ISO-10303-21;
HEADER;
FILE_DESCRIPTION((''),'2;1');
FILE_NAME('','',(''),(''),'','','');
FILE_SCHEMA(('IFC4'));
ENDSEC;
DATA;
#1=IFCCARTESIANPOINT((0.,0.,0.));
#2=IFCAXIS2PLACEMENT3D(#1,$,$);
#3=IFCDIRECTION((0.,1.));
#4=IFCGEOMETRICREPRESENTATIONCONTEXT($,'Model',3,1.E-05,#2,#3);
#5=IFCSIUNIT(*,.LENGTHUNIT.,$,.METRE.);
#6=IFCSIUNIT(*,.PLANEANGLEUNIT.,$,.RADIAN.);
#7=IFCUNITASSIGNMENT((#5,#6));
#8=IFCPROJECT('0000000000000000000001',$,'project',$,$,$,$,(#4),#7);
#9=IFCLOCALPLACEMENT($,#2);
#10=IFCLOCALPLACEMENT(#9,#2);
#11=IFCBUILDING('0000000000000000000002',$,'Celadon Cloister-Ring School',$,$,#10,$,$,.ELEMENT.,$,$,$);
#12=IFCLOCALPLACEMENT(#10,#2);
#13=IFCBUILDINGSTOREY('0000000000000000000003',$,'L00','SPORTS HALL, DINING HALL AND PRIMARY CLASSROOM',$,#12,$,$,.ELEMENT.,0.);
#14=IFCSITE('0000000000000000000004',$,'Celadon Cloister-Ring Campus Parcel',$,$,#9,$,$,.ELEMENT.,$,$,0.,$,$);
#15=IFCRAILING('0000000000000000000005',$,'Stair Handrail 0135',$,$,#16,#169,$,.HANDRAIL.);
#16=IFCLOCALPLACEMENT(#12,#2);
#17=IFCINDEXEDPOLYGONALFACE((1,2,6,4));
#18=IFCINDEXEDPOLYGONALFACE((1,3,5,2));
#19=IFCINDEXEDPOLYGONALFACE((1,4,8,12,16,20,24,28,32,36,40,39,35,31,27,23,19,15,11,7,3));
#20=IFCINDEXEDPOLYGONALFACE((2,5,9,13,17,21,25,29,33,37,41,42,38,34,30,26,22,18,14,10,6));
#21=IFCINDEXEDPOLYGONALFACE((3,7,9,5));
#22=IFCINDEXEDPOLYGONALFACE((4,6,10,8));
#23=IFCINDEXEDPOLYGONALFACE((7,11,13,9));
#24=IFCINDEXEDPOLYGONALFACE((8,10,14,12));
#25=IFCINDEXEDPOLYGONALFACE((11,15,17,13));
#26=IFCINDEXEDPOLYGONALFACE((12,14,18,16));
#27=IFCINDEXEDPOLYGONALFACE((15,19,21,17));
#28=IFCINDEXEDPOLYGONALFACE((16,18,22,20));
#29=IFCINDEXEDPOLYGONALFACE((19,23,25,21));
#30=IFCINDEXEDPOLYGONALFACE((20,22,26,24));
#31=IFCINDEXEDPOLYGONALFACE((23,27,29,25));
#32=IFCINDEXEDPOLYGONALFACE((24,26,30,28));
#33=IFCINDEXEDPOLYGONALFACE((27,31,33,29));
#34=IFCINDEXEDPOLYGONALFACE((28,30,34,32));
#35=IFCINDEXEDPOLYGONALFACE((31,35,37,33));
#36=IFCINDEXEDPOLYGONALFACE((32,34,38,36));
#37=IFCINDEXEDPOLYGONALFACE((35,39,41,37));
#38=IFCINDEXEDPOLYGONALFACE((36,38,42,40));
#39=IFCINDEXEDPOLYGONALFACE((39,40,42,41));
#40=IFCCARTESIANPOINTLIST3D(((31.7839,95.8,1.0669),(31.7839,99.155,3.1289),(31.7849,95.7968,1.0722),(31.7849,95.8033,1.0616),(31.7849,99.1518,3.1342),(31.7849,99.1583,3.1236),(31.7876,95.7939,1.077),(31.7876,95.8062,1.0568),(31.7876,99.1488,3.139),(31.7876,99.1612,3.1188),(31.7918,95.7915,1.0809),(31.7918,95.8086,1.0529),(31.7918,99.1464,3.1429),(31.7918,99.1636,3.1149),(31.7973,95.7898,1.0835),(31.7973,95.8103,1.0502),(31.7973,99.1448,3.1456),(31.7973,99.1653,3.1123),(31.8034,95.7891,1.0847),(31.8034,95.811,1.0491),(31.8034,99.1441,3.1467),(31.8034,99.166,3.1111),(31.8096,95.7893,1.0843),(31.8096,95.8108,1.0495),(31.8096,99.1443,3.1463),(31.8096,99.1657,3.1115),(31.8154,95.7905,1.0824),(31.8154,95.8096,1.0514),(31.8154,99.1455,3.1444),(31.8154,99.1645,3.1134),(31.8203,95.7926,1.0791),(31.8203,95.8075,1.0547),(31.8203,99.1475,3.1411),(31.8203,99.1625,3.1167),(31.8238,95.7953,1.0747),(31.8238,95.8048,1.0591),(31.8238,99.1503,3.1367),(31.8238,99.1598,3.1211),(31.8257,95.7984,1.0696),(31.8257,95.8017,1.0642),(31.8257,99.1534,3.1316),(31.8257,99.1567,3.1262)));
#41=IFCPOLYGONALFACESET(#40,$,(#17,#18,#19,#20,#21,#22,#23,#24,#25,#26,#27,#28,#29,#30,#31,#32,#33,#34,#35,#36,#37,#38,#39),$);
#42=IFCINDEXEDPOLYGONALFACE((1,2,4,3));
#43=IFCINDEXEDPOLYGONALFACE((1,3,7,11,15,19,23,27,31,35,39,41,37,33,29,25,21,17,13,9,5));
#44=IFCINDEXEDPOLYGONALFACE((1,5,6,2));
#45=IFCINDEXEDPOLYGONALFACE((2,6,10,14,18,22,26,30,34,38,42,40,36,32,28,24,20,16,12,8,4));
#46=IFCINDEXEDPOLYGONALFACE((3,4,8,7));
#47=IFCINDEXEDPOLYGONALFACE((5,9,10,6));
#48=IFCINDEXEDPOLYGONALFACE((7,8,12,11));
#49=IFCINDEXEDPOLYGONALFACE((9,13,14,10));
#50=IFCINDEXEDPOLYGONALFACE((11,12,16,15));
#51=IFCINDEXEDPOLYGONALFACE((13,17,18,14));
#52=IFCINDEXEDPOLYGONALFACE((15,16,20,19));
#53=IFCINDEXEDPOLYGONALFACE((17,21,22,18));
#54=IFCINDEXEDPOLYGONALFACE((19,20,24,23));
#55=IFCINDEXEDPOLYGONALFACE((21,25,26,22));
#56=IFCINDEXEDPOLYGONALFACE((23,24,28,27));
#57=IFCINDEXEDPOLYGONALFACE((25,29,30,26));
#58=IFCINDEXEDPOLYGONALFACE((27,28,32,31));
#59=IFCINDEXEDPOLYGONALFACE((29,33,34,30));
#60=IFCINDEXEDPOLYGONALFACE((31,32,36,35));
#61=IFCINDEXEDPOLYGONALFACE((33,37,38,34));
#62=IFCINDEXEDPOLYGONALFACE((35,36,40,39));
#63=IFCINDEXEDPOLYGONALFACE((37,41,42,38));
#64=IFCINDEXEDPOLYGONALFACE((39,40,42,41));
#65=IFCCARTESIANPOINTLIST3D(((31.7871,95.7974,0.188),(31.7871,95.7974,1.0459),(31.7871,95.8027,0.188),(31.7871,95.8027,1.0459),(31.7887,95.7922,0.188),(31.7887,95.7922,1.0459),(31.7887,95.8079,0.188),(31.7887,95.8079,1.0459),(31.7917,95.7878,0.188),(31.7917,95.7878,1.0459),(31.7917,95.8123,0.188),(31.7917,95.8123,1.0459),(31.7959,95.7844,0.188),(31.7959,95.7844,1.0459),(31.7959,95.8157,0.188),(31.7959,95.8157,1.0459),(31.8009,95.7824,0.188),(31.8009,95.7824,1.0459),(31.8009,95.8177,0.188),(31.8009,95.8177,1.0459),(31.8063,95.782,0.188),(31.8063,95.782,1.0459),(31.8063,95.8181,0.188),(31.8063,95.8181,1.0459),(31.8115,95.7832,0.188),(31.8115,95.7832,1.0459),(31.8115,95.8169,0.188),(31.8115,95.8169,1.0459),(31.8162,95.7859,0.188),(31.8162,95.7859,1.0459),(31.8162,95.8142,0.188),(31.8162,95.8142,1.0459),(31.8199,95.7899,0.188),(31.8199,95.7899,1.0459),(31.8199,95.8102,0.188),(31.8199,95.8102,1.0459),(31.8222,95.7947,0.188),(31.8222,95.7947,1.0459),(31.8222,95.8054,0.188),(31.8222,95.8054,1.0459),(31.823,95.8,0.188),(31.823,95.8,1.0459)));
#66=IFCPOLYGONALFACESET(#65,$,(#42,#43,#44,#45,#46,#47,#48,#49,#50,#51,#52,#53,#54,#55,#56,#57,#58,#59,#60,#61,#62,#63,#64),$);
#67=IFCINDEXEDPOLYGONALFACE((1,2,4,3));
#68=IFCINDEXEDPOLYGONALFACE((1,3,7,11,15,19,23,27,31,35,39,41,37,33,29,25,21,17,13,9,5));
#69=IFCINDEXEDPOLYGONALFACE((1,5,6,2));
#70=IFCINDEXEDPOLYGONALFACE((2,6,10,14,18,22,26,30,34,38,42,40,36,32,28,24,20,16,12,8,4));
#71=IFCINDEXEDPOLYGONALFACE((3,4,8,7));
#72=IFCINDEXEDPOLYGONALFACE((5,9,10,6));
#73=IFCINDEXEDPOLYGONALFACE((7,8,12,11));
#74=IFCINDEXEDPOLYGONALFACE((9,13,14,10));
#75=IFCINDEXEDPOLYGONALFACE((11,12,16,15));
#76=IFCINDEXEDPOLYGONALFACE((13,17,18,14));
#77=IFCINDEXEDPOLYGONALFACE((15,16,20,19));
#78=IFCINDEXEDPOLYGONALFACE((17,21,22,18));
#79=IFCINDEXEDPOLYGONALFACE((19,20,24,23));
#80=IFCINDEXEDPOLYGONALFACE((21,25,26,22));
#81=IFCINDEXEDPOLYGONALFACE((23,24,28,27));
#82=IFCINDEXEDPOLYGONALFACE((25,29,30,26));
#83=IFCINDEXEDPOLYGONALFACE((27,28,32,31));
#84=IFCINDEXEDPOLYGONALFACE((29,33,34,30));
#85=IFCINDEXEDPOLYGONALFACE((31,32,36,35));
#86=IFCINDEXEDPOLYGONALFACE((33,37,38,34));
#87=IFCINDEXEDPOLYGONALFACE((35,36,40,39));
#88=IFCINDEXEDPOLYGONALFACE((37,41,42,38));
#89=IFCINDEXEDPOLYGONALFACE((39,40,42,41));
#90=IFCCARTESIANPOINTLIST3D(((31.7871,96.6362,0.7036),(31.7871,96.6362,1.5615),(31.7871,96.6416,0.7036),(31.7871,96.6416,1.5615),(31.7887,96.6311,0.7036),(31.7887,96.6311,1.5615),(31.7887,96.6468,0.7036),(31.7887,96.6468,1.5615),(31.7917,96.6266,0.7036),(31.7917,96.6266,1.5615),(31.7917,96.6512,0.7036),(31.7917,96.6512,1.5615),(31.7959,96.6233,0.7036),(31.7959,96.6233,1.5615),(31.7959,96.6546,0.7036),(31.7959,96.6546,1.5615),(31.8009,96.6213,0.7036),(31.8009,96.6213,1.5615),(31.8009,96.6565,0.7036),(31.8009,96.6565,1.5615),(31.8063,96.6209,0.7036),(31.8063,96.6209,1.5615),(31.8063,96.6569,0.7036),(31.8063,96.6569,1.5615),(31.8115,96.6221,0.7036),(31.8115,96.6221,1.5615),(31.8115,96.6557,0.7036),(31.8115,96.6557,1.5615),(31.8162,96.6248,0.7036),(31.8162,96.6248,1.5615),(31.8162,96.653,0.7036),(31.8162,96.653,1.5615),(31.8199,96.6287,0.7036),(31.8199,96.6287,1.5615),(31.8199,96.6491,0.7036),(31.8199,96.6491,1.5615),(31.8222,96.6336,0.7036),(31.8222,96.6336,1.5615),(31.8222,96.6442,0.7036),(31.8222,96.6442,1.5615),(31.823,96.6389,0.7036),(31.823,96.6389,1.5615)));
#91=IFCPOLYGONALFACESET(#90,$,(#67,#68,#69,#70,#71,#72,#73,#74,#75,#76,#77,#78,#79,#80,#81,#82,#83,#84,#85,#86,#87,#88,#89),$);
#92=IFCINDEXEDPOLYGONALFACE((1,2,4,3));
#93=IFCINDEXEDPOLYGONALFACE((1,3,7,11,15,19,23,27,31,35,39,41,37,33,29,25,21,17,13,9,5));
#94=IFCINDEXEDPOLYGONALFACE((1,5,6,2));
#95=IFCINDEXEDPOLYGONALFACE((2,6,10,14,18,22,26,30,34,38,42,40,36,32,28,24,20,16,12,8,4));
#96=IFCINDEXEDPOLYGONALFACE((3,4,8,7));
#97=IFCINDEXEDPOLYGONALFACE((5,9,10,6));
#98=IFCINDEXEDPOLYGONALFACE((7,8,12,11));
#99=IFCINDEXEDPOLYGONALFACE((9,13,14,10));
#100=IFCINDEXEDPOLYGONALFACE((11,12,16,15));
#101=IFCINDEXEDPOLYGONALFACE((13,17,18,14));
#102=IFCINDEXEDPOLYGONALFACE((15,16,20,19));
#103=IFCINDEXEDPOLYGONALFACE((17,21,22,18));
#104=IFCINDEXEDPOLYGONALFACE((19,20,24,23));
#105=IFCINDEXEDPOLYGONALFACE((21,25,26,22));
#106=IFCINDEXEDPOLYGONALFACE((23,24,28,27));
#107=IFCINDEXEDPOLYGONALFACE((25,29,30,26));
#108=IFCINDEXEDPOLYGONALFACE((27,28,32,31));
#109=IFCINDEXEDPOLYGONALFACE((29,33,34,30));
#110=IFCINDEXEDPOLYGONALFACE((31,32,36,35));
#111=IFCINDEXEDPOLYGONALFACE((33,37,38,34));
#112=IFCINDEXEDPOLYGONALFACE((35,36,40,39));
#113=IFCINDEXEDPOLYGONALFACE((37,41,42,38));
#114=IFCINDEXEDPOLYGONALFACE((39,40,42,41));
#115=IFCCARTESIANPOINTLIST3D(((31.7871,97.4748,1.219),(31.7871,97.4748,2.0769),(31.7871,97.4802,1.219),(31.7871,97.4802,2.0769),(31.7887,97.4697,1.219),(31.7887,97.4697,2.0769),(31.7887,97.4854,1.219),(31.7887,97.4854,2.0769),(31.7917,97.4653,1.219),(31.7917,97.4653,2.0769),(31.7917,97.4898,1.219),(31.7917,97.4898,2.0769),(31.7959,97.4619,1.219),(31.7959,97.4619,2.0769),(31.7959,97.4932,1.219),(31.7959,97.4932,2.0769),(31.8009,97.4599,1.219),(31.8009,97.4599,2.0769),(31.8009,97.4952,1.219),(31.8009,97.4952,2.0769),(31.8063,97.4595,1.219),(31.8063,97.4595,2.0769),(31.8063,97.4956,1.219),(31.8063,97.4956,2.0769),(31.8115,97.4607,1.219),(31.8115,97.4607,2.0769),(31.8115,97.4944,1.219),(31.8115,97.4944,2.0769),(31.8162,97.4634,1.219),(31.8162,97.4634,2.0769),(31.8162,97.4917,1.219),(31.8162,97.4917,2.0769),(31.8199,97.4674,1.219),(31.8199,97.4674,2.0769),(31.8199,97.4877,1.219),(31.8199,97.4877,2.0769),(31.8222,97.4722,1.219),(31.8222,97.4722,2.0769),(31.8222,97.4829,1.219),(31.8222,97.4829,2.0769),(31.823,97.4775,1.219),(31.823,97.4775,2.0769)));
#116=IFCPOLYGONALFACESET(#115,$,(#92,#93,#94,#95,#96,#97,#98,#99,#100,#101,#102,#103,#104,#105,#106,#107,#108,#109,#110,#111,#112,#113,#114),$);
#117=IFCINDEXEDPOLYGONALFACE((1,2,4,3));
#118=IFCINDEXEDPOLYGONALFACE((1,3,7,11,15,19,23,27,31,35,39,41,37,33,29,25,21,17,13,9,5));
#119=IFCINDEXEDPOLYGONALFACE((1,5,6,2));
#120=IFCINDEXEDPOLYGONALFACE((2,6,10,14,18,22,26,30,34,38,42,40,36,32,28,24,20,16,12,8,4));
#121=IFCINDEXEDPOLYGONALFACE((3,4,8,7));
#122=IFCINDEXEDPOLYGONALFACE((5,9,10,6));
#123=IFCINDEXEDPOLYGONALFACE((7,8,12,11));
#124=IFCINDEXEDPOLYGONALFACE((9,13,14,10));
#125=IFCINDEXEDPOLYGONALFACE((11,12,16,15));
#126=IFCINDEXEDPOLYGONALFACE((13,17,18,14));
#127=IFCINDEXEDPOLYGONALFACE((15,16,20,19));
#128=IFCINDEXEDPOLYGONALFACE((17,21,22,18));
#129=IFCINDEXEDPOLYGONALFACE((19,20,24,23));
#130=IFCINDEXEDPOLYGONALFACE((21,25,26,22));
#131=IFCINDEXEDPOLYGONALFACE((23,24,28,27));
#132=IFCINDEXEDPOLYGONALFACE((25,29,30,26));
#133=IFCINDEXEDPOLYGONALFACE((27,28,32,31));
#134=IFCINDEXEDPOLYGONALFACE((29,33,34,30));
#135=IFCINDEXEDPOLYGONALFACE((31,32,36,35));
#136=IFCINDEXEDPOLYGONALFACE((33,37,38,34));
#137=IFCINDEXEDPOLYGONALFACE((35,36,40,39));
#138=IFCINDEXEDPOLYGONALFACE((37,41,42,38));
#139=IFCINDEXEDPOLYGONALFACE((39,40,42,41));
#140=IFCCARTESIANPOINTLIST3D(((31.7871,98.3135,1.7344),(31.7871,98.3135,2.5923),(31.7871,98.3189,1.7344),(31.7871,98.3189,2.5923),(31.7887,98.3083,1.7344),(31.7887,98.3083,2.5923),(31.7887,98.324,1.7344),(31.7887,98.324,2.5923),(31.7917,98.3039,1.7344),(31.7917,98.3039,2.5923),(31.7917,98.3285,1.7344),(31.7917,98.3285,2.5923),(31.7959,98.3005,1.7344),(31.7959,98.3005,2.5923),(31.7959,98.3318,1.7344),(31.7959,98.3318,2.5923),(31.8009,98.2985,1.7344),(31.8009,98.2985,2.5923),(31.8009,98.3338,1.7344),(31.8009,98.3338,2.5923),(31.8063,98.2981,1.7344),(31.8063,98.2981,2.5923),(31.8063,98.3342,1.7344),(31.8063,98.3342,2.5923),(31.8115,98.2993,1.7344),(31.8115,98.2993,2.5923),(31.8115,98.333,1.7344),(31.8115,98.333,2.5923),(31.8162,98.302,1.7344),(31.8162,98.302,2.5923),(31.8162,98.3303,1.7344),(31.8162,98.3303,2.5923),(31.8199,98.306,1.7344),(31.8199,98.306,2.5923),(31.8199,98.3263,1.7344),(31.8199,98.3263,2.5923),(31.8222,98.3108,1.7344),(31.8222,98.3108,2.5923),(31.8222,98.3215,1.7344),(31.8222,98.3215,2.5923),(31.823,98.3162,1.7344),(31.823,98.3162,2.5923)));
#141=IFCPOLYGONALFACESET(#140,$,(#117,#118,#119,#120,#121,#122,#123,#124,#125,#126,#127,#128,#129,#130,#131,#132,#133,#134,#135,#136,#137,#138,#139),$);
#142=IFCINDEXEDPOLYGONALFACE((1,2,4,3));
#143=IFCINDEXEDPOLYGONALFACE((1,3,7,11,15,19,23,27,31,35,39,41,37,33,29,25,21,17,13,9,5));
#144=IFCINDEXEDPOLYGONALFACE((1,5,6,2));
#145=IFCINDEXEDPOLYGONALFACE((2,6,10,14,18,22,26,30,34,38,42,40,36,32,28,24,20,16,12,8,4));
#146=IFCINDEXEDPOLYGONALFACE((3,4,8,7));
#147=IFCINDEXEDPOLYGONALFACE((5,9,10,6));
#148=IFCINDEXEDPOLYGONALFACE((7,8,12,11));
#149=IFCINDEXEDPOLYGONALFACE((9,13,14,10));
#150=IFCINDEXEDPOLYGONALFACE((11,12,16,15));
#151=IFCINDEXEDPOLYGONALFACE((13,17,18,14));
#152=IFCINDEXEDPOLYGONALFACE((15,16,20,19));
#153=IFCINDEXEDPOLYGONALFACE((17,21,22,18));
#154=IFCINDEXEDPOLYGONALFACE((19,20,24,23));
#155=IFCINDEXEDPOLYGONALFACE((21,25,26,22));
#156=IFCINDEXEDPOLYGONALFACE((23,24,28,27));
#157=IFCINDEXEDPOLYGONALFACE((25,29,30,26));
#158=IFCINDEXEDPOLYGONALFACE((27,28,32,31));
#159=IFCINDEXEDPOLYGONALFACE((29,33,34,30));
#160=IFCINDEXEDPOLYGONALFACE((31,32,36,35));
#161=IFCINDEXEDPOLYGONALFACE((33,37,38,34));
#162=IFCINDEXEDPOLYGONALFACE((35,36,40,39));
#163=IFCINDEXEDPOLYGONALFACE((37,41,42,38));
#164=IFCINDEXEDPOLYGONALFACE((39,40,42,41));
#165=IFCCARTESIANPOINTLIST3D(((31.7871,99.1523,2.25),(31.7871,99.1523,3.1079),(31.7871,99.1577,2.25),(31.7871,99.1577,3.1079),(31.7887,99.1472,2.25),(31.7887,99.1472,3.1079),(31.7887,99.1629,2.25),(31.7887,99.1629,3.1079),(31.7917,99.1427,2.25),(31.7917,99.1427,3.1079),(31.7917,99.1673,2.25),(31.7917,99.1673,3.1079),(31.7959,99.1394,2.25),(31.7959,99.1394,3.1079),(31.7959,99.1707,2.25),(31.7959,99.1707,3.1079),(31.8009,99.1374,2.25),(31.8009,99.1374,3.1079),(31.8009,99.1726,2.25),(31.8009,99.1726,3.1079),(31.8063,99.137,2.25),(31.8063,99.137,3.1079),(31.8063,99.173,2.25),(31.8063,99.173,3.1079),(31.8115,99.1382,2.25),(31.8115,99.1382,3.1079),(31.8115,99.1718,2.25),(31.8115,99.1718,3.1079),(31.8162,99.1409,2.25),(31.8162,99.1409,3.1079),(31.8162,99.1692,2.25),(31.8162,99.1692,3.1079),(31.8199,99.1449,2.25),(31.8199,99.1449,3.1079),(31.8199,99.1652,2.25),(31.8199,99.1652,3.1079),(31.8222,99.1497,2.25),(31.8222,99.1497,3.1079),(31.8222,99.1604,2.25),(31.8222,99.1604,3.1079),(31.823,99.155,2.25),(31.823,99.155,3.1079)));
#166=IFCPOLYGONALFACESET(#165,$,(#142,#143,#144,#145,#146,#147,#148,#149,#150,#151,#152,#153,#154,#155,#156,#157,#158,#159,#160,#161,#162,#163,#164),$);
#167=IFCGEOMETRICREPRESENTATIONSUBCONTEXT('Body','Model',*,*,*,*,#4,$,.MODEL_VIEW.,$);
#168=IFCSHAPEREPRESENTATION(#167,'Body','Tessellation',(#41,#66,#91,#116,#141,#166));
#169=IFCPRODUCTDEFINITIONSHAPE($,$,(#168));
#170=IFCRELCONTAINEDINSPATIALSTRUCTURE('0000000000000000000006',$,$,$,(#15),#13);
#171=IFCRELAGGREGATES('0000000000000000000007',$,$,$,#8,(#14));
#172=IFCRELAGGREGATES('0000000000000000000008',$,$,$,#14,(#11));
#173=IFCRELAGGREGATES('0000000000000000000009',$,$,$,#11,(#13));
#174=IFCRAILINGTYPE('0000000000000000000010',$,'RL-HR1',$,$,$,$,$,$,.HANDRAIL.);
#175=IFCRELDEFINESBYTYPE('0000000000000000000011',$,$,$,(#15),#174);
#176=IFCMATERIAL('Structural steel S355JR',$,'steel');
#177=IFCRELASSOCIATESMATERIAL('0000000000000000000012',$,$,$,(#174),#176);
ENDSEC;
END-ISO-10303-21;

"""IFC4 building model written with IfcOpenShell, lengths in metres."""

from ifc_helpers import new_model, si_unit, direction, frame, origin, origin_2d, place, context, subcontext, project, spatial, circle, extrude, material, type_object, element, save


model = new_model("IFC4")

# Units and contexts
model_context = context("Model", 3, precision=1e-05, world=origin(), true_north=direction((0.0, 1.0)))
body_context = subcontext(model_context, "Body", "Model", "MODEL_VIEW")
ifc_project = project(units=[si_unit("LENGTHUNIT", "METRE"), si_unit("PLANEANGLEUNIT", "RADIAN")], contexts=[model_context])

# Site, building, storey
site_placement = place(None, origin())
site = spatial("IfcSite", under=ifc_project, at=site_placement, Name="Celadon Cloister-Ring Campus Parcel", CompositionType="ELEMENT", RefElevation=0.0)
building_placement = place(site_placement, origin())
building = spatial("IfcBuilding", under=site, at=building_placement, Name="Celadon Cloister-Ring School", CompositionType="ELEMENT")
storey_placement = place(building_placement, origin())
storey = spatial("IfcBuildingStorey", under=building, at=storey_placement, Name="L00", Description="SPORTS HALL, DINING HALL AND PRIMARY CLASSROOM", CompositionType="ELEMENT", Elevation=0.0)

# Railing
ifc_material_1 = material(Name="Structural steel S355JR", Category="steel")
railing_type = type_object("IfcRailingType", Name="RL-HR1", PredefinedType="HANDRAIL", material=ifc_material_1)
railing_placement = place(storey_placement, frame((31.8049, 95.8, 0.188)))
element("IfcRailing", 1, at=railing_placement, inside=storey, type_object=railing_type, Name="Stair Handrail 0135", PredefinedType="HANDRAIL", context=body_context, shape_type="SweptSolid", body=[
    extrude(circle(Radius=0.021, at=origin_2d()), frame((0.0, 0.0, 0.8789), z_axis=(0.0, 0.851952, 0.52362), x_axis=(-1.0, 0.0, 0.0)), (0.0, 0.0, 1.0), 3.938),
    extrude(circle(Radius=0.0181, at=origin_2d()), origin(), (0.0, 0.0, 1.0), 0.8579),
    extrude(circle(Radius=0.0181, at=origin_2d()), frame((0.0, 0.8389, 0.5156)), (0.0, 0.0, 1.0), 0.8579),
    extrude(circle(Radius=0.0181, at=origin_2d()), frame((0.0, 1.6775, 1.031)), (0.0, 0.0, 1.0), 0.8579),
    extrude(circle(Radius=0.0181, at=origin_2d()), frame((0.0, 2.5161, 1.5464)), (0.0, 0.0, 1.0), 0.8579),
    extrude(circle(Radius=0.0181, at=origin_2d()), frame((0.0, 3.355, 2.062)), (0.0, 0.0, 1.0), 0.8579),
])

save(model, "model.ifc")
